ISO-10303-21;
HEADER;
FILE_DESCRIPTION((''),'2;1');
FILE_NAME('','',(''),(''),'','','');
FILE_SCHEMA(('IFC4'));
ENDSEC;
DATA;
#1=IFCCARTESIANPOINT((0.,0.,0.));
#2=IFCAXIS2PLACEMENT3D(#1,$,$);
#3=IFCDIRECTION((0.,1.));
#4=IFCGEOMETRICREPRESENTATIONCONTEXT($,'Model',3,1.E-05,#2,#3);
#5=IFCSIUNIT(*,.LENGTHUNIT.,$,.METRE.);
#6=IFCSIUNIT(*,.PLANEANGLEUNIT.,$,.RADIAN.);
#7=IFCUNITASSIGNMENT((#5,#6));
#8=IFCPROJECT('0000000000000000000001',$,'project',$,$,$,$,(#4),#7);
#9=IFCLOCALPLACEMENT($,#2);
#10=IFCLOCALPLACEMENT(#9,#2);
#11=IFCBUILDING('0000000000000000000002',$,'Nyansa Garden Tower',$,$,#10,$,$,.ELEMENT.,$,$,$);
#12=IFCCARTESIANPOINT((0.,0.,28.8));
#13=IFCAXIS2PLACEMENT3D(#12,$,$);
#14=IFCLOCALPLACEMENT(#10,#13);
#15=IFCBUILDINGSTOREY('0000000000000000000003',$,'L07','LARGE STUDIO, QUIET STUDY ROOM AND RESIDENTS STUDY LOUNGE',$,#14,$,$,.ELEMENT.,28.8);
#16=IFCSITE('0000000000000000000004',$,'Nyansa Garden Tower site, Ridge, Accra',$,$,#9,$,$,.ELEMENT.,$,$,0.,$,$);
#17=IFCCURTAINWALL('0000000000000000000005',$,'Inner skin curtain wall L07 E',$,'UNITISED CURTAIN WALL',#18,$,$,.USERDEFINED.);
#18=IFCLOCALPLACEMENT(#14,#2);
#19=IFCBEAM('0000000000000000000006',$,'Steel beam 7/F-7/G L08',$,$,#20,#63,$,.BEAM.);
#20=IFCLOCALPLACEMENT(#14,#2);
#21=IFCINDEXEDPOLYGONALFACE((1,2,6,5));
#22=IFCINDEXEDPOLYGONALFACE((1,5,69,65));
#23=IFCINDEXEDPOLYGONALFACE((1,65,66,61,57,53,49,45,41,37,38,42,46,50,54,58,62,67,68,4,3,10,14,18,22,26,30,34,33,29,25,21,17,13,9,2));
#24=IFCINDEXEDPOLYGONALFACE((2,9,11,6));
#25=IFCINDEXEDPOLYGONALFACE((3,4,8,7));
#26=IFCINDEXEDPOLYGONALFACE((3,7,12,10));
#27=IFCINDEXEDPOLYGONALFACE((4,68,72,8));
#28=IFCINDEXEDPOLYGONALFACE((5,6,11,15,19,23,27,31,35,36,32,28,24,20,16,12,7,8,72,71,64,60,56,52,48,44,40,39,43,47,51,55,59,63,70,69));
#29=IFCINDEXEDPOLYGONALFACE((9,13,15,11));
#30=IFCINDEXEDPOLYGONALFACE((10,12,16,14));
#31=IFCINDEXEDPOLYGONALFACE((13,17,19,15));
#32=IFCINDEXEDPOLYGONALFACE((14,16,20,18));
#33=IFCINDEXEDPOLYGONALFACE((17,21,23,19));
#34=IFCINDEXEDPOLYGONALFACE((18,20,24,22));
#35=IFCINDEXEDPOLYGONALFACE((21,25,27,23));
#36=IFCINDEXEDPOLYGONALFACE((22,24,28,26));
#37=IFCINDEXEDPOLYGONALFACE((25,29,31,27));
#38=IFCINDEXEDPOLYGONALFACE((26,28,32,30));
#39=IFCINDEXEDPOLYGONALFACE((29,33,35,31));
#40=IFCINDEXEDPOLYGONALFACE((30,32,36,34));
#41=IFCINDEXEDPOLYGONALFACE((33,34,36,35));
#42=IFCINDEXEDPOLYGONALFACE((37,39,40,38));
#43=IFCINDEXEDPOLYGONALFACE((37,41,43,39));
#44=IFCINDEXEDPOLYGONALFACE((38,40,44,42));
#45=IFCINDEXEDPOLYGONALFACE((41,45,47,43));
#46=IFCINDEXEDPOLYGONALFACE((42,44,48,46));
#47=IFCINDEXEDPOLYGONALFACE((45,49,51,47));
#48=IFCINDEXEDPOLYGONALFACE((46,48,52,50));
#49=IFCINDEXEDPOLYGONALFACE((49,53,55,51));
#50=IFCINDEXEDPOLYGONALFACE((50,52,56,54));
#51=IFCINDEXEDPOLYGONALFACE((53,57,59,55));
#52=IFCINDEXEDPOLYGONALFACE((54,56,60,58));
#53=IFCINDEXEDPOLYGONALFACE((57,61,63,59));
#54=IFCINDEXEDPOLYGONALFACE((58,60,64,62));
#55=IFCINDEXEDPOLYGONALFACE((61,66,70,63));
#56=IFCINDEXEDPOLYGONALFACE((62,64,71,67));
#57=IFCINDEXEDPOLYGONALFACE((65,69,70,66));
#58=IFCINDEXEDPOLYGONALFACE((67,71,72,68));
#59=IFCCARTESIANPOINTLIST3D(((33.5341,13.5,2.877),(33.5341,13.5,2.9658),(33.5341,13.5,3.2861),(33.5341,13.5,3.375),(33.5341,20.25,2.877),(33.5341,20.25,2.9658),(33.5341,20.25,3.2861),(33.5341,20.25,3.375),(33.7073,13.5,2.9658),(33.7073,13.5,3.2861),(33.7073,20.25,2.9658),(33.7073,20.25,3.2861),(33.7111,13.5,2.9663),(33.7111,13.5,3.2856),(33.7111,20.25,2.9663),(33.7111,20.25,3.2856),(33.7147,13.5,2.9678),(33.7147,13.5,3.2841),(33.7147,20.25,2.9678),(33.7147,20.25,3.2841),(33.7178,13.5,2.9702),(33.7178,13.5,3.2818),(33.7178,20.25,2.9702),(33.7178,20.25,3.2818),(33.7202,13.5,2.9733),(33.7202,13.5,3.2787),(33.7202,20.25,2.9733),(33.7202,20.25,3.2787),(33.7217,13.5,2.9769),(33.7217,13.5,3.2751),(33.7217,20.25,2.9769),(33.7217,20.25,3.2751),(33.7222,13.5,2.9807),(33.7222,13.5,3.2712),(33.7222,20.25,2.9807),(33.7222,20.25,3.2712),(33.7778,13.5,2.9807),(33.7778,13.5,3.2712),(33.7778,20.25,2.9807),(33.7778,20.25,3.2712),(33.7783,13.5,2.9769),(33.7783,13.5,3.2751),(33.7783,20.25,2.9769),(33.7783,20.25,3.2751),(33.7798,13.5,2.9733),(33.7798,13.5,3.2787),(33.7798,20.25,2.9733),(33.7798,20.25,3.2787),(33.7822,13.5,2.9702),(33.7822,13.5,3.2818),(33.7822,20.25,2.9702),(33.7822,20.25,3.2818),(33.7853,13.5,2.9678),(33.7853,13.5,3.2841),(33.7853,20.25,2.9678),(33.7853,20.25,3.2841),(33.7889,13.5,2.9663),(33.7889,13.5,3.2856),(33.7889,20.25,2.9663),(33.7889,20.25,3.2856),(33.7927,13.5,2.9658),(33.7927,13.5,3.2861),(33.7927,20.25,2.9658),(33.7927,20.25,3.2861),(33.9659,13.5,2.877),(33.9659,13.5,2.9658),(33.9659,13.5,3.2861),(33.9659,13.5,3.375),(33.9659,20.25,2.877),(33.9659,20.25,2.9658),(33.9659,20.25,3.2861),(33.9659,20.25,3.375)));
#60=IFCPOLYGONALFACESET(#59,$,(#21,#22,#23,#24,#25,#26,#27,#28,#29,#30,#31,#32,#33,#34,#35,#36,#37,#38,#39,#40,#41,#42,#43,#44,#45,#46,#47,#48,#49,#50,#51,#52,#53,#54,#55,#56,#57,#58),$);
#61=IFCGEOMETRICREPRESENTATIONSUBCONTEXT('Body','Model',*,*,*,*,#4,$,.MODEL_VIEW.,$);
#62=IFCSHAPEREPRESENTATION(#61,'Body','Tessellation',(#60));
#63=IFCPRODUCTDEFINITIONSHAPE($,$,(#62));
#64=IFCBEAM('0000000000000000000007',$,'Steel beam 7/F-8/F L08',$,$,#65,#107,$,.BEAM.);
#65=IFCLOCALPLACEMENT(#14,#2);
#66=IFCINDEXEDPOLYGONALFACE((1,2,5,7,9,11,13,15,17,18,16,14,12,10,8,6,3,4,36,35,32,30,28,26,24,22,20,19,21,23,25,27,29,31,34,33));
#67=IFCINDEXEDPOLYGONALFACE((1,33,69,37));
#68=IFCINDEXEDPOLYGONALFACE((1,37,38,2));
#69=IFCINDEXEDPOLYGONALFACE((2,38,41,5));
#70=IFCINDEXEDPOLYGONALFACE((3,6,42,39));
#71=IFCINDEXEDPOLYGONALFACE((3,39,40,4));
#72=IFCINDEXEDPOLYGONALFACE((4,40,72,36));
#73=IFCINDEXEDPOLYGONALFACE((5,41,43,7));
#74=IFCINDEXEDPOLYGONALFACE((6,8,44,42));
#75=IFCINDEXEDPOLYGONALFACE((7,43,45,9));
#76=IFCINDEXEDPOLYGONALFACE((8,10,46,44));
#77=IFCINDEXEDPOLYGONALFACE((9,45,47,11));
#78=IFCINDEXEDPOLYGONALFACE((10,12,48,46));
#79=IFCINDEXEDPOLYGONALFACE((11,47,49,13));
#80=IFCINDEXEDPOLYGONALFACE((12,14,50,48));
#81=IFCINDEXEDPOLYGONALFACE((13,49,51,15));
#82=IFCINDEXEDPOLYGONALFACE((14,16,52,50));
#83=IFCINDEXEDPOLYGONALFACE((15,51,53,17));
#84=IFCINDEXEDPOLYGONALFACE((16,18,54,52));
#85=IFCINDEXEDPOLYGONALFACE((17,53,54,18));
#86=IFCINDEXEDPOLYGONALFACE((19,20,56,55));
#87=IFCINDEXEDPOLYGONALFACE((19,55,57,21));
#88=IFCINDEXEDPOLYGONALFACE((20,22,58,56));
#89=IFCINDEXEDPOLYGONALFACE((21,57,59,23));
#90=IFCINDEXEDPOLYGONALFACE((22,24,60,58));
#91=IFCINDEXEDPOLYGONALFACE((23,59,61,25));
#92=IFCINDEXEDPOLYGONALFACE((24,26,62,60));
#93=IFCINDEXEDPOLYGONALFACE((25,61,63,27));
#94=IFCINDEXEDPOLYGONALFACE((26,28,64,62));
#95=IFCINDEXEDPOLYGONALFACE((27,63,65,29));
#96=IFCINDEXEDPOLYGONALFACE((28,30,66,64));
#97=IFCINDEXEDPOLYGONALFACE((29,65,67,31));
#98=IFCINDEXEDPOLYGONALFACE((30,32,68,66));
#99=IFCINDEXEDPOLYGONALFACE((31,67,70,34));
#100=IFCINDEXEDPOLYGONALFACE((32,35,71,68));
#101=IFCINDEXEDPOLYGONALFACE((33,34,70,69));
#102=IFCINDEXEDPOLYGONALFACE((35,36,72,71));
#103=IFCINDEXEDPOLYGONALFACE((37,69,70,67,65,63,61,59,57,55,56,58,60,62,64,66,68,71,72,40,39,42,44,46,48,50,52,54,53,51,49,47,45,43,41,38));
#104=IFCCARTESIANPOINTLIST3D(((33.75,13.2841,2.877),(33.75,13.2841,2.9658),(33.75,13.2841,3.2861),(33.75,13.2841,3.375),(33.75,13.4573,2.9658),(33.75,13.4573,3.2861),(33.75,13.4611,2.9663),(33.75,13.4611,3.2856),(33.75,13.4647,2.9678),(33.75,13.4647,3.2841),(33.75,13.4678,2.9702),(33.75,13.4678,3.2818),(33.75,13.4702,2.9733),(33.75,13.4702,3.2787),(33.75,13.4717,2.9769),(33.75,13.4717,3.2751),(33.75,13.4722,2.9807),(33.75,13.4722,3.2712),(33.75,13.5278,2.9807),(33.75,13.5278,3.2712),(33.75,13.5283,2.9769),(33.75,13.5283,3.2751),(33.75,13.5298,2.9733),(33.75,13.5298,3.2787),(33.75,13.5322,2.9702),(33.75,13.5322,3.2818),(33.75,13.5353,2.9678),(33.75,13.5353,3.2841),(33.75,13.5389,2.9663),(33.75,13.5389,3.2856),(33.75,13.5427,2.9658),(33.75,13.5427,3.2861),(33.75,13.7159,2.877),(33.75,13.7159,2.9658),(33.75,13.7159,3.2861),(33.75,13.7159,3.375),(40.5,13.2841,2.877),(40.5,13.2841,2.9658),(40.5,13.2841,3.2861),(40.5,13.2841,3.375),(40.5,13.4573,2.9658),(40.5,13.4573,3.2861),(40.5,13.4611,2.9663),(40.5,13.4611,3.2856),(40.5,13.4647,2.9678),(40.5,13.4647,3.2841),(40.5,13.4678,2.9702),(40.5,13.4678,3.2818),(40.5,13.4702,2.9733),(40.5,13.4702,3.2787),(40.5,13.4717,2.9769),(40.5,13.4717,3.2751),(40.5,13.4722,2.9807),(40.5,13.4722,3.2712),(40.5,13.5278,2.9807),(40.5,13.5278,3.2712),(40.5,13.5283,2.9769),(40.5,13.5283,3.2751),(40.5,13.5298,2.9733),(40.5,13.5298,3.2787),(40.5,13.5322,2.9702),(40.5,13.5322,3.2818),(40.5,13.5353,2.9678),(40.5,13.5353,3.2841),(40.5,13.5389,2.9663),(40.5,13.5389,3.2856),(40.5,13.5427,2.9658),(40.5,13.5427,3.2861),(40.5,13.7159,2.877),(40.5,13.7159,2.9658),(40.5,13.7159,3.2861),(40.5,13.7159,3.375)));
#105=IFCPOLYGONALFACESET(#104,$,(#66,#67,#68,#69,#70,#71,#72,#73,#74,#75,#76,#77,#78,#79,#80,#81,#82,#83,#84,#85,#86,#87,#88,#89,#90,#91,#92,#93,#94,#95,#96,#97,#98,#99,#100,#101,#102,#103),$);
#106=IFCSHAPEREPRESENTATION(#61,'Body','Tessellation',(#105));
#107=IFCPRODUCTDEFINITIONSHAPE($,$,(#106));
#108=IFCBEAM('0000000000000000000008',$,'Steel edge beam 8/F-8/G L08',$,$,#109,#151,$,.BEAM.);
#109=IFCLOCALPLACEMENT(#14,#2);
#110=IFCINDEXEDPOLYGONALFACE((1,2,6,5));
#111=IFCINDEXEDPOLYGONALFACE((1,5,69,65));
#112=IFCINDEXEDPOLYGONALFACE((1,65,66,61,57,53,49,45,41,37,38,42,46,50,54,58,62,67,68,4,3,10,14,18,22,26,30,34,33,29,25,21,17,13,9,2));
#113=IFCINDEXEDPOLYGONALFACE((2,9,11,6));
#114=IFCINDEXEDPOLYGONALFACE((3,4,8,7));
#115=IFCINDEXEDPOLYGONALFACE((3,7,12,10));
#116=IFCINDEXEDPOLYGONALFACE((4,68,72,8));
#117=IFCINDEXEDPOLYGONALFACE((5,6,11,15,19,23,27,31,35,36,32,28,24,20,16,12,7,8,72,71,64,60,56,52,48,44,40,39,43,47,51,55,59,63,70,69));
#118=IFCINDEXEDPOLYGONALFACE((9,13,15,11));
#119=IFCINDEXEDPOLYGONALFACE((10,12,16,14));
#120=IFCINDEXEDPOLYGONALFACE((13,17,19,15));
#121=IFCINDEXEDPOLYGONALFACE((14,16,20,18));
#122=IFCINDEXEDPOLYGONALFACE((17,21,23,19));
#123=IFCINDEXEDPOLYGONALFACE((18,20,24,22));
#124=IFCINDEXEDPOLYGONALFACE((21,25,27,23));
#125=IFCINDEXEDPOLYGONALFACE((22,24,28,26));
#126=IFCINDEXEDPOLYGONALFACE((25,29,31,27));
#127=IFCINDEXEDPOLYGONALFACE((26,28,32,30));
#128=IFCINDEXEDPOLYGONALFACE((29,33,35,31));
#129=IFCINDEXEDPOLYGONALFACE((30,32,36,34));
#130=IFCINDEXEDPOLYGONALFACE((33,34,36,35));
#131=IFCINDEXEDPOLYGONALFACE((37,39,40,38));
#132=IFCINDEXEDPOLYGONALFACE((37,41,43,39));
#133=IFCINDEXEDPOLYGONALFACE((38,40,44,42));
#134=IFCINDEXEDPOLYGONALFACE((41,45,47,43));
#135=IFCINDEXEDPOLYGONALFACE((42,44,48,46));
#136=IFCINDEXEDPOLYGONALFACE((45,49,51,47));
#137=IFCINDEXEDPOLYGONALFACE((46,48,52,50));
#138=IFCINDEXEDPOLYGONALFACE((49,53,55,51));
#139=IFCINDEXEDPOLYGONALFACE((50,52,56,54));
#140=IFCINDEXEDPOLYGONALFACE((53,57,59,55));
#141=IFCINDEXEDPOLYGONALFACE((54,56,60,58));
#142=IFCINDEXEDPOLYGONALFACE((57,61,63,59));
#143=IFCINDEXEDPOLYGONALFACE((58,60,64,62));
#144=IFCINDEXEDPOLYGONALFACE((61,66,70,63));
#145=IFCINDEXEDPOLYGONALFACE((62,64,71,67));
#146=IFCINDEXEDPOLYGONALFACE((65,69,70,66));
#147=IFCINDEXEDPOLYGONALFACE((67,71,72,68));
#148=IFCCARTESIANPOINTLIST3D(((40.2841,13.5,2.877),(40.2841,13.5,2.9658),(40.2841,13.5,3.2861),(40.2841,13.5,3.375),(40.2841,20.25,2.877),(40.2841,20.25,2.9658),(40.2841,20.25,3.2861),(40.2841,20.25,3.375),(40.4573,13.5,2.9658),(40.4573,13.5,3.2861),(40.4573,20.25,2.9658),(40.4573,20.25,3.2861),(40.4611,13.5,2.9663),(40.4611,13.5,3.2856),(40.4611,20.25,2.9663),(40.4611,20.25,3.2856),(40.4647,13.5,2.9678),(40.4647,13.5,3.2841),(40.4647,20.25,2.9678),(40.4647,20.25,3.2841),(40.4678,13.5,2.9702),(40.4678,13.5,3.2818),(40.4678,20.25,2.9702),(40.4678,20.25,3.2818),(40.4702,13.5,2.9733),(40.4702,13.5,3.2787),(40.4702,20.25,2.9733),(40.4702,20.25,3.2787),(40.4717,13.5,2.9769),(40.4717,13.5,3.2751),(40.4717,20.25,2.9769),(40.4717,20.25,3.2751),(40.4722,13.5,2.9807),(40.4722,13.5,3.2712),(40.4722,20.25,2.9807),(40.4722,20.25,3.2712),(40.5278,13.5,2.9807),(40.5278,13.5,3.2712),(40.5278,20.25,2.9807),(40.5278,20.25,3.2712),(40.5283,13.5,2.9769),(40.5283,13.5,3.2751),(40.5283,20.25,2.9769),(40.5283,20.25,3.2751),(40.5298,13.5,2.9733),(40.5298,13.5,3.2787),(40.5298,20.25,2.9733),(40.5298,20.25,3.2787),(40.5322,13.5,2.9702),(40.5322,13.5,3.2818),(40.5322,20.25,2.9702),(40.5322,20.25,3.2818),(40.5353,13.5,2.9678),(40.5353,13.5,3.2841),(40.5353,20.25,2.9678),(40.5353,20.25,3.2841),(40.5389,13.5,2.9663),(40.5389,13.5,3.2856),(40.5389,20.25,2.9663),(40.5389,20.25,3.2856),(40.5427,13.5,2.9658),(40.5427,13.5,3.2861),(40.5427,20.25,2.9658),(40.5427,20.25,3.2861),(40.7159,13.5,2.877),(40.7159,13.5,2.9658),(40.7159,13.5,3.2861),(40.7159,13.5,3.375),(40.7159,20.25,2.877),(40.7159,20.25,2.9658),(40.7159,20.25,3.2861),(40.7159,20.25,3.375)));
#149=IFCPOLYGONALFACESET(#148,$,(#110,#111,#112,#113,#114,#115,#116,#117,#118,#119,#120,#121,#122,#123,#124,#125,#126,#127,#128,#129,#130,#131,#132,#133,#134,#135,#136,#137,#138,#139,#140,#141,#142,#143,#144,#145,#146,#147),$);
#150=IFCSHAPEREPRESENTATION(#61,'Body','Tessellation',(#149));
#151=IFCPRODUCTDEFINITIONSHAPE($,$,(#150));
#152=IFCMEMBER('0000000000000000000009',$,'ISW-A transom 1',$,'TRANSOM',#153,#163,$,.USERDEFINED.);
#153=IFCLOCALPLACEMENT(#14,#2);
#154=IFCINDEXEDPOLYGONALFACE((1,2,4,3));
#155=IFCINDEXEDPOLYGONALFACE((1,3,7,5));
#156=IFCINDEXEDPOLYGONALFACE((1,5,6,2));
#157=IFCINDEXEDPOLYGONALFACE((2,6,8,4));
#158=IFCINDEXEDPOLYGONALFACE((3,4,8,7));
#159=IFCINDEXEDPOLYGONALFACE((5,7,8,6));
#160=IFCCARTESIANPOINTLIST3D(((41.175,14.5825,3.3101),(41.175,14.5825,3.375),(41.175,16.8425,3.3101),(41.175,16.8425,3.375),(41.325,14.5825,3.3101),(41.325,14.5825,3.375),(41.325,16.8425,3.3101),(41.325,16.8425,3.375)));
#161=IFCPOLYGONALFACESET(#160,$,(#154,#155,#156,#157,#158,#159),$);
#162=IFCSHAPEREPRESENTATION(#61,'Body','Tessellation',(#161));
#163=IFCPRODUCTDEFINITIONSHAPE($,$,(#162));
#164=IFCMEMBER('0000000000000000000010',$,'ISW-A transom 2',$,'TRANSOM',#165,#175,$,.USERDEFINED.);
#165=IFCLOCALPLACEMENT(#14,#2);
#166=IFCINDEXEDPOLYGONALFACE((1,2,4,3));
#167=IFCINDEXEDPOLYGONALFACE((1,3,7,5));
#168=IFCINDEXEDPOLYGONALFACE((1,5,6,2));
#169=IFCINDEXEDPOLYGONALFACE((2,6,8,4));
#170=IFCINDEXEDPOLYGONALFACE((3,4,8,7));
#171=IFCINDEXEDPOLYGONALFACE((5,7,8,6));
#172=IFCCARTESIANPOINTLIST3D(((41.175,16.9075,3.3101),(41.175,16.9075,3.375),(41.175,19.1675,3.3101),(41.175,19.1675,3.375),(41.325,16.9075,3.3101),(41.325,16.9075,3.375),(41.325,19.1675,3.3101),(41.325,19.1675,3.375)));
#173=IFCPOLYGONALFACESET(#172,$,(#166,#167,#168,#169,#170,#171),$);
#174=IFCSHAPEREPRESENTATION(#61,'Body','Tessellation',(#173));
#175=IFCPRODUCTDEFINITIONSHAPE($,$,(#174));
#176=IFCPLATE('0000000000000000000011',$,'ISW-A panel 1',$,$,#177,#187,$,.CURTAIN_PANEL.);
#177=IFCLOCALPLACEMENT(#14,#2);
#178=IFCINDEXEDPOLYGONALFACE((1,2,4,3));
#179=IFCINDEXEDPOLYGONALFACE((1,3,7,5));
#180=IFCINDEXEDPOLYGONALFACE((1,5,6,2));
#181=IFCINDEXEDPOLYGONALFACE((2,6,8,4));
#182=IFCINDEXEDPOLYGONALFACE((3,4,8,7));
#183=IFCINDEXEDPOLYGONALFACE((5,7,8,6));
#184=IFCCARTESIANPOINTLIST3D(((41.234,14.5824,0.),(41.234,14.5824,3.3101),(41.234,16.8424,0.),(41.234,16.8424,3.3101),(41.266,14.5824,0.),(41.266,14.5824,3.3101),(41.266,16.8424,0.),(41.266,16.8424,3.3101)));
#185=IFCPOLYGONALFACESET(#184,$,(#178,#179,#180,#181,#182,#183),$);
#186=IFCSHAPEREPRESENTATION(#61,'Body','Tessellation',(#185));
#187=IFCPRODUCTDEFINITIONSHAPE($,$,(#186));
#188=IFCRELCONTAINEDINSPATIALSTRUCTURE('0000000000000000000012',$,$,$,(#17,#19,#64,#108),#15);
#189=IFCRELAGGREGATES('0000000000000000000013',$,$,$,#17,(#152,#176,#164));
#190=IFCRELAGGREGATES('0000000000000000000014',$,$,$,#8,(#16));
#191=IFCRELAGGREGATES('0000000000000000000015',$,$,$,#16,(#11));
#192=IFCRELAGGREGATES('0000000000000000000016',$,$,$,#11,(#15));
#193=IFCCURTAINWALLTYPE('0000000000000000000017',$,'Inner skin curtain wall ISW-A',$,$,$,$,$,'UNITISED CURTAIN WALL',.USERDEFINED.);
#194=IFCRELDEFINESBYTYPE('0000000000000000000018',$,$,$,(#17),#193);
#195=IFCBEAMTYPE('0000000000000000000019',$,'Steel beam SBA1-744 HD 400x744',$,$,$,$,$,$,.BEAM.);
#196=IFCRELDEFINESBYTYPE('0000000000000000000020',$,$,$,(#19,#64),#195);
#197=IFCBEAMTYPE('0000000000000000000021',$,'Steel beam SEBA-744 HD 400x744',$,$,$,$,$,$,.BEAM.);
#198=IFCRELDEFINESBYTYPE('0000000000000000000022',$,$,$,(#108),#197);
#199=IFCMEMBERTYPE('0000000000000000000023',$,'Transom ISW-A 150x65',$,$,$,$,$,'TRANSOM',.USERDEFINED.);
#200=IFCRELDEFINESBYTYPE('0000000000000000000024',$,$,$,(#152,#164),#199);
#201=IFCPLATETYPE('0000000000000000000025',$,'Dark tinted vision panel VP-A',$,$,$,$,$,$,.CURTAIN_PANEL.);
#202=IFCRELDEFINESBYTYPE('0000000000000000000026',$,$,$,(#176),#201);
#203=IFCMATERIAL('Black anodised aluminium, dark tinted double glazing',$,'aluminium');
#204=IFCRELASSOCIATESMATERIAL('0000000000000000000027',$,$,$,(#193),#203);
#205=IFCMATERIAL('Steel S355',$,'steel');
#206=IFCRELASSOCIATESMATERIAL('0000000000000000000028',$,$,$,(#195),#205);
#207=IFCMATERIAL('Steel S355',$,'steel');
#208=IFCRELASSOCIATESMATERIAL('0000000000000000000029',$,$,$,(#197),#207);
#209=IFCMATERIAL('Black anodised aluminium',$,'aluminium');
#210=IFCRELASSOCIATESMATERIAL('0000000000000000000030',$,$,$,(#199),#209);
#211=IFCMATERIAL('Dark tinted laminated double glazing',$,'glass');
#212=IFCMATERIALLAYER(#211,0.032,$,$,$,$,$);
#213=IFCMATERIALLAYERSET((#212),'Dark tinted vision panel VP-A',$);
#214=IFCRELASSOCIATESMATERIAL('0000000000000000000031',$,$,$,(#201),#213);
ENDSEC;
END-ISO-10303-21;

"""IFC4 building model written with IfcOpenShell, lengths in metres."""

from ifc_helpers import new_model, si_unit, direction, frame, origin, origin_2d, place, context, subcontext, project, spatial, rectangle, i_section, extrude, material, layer, layer_set, material_profile, profile_set, type_object, element, aggregate, save


model = new_model("IFC4")

# Units and contexts
model_context = context("Model", 3, precision=1e-05, world=origin(), true_north=direction((0.0, 1.0)))
body_context = subcontext(model_context, "Body", "Model", "MODEL_VIEW")
ifc_project = project(units=[si_unit("LENGTHUNIT", "METRE"), si_unit("PLANEANGLEUNIT", "RADIAN")], contexts=[model_context])

# Site, building, storey
site_placement = place(None, origin())
site = spatial("IfcSite", under=ifc_project, at=site_placement, Name="Nyansa Garden Tower site, Ridge, Accra", CompositionType="ELEMENT", RefElevation=0.0)
building_placement = place(site_placement, origin())
building = spatial("IfcBuilding", under=site, at=building_placement, Name="Nyansa Garden Tower", CompositionType="ELEMENT")
storey_placement = place(building_placement, frame((0.0, 0.0, 28.8)))
storey = spatial("IfcBuildingStorey", under=building, at=storey_placement, Name="L07", Description="LARGE STUDIO, QUIET STUDY ROOM AND RESIDENTS STUDY LOUNGE", CompositionType="ELEMENT", Elevation=28.8)

# Shared definitions
ifc_material_1 = material(Name="Black anodised aluminium, dark tinted double glazing", Category="aluminium")
curtain_wall_type = type_object("IfcCurtainWallType", Name="Inner skin curtain wall ISW-A", ElementType="UNITISED CURTAIN WALL", PredefinedType="USERDEFINED", material=ifc_material_1)

# Curtain wall
curtain_wall_1_placement = place(storey_placement, origin())
curtain_wall_1 = element("IfcCurtainWall", 1, at=curtain_wall_1_placement, inside=storey, type_object=curtain_wall_type, Name="Inner skin curtain wall L07 E", ObjectType="UNITISED CURTAIN WALL", PredefinedType="USERDEFINED")

# Beams
ifc_material_2 = material(Name="Steel S355", Category="steel")
ifc_material_profile_1 = material_profile(ifc_material_2, i_section(OverallWidth=0.4319, OverallDepth=0.498, WebThickness=0.0557, FlangeThickness=0.0889, FilletRadius=0.0149, at=origin_2d()), Name="HD 400x744")
ifc_profile_set_1 = profile_set([ifc_material_profile_1], Name="Steel S355")
beam_type_1 = type_object("IfcBeamType", Name="Steel beam SBA1-744 HD 400x744", PredefinedType="BEAM", material=ifc_profile_set_1)
for number, where, z_axis, x_axis, name in (
    (2, (33.75, 13.5, 3.126), (0.0, 1.0, 0.0), (-1.0, 0.0, 0.0), "Steel beam 7/F-7/G L08"),
    (3, (33.75, 13.5, 3.126), (1.0, 0.0, 0.0), (0.0, 1.0, 0.0), "Steel beam 7/F-8/F L08"),
):
    element("IfcBeam", number, at=place(storey_placement, frame(where, z_axis=z_axis, x_axis=x_axis)), inside=storey, type_object=beam_type_1, Name=name, PredefinedType="BEAM", context=body_context, shape_type="SweptSolid", body=[
        extrude(i_section(OverallWidth=0.4319, OverallDepth=0.498, WebThickness=0.0557, FlangeThickness=0.0889, FilletRadius=0.0149, at=origin_2d()), origin(), (0.0, 0.0, 1.0), 6.75),
    ])
ifc_material_3 = material(Name="Steel S355", Category="steel")
ifc_material_profile_2 = material_profile(ifc_material_3, i_section(OverallWidth=0.4319, OverallDepth=0.498, WebThickness=0.0557, FlangeThickness=0.0889, FilletRadius=0.0149, at=origin_2d()), Name="HD 400x744")
ifc_profile_set_2 = profile_set([ifc_material_profile_2], Name="Steel S355")
beam_type_2 = type_object("IfcBeamType", Name="Steel beam SEBA-744 HD 400x744", PredefinedType="BEAM", material=ifc_profile_set_2)
beam_1_placement = place(storey_placement, frame((40.5, 13.5, 3.126), z_axis=(0.0, 1.0, 0.0), x_axis=(-1.0, 0.0, 0.0)))
element("IfcBeam", 4, at=beam_1_placement, inside=storey, type_object=beam_type_2, Name="Steel edge beam 8/F-8/G L08", PredefinedType="BEAM", context=body_context, shape_type="SweptSolid", body=[
    extrude(i_section(OverallWidth=0.4319, OverallDepth=0.498, WebThickness=0.0557, FlangeThickness=0.0889, FilletRadius=0.0149, at=origin_2d()), origin(), (0.0, 0.0, 1.0), 6.75),
])

# Members
ifc_material_4 = material(Name="Black anodised aluminium", Category="aluminium")
ifc_material_profile_3 = material_profile(ifc_material_4, rectangle(XDim=0.1499, YDim=0.0649, at=origin_2d()), Name="Transom 150x65")
ifc_profile_set_3 = profile_set([ifc_material_profile_3], Name="Black anodised aluminium")
member_type_1 = type_object("IfcMemberType", Name="Transom ISW-A 150x65", ElementType="TRANSOM", PredefinedType="USERDEFINED", material=ifc_profile_set_3)
member_1_placement = place(storey_placement, frame((41.25, 14.5825, 3.3425), z_axis=(0.0, 1.0, 0.0), x_axis=(-1.0, 0.0, 0.0)))
member_1 = element("IfcMember", 5, at=member_1_placement, type_object=member_type_1, Name="ISW-A transom 1", ObjectType="TRANSOM", PredefinedType="USERDEFINED", context=body_context, shape_type="SweptSolid", body=[
    extrude(rectangle(XDim=0.1499, YDim=0.0649, at=origin_2d()), origin(), (0.0, 0.0, 1.0), 2.26),
])
member_2_placement = place(storey_placement, frame((41.25, 16.9075, 3.3425), z_axis=(0.0, 1.0, 0.0), x_axis=(-1.0, 0.0, 0.0)))
member_2 = element("IfcMember", 6, at=member_2_placement, type_object=member_type_1, Name="ISW-A transom 2", ObjectType="TRANSOM", PredefinedType="USERDEFINED", context=body_context, shape_type="SweptSolid", body=[
    extrude(rectangle(XDim=0.1499, YDim=0.0649, at=origin_2d()), origin(), (0.0, 0.0, 1.0), 2.26),
])

# Plate
ifc_material_5 = material(Name="Dark tinted laminated double glazing", Category="glass")
ifc_layer_1 = layer(ifc_material_5, 0.032)
ifc_layer_set_1 = layer_set([ifc_layer_1], Name="Dark tinted vision panel VP-A")
plate_type_1 = type_object("IfcPlateType", Name="Dark tinted vision panel VP-A", PredefinedType="CURTAIN_PANEL", material=ifc_layer_set_1)
plate_1_placement = place(storey_placement, frame((41.25, 15.7124, 0.0), z_axis=(0.0, 0.0, 1.0), x_axis=(0.0, 1.0, 0.0)))
plate_1 = element("IfcPlate", 7, at=plate_1_placement, type_object=plate_type_1, Name="ISW-A panel 1", PredefinedType="CURTAIN_PANEL", context=body_context, shape_type="SweptSolid", body=[
    extrude(rectangle(XDim=2.26, YDim=0.032, at=origin_2d()), origin(), (0.0, 0.0, 1.0), 3.3101),
])
aggregate(curtain_wall_1, [member_1, plate_1, member_2])

save(model, "model.ifc")
